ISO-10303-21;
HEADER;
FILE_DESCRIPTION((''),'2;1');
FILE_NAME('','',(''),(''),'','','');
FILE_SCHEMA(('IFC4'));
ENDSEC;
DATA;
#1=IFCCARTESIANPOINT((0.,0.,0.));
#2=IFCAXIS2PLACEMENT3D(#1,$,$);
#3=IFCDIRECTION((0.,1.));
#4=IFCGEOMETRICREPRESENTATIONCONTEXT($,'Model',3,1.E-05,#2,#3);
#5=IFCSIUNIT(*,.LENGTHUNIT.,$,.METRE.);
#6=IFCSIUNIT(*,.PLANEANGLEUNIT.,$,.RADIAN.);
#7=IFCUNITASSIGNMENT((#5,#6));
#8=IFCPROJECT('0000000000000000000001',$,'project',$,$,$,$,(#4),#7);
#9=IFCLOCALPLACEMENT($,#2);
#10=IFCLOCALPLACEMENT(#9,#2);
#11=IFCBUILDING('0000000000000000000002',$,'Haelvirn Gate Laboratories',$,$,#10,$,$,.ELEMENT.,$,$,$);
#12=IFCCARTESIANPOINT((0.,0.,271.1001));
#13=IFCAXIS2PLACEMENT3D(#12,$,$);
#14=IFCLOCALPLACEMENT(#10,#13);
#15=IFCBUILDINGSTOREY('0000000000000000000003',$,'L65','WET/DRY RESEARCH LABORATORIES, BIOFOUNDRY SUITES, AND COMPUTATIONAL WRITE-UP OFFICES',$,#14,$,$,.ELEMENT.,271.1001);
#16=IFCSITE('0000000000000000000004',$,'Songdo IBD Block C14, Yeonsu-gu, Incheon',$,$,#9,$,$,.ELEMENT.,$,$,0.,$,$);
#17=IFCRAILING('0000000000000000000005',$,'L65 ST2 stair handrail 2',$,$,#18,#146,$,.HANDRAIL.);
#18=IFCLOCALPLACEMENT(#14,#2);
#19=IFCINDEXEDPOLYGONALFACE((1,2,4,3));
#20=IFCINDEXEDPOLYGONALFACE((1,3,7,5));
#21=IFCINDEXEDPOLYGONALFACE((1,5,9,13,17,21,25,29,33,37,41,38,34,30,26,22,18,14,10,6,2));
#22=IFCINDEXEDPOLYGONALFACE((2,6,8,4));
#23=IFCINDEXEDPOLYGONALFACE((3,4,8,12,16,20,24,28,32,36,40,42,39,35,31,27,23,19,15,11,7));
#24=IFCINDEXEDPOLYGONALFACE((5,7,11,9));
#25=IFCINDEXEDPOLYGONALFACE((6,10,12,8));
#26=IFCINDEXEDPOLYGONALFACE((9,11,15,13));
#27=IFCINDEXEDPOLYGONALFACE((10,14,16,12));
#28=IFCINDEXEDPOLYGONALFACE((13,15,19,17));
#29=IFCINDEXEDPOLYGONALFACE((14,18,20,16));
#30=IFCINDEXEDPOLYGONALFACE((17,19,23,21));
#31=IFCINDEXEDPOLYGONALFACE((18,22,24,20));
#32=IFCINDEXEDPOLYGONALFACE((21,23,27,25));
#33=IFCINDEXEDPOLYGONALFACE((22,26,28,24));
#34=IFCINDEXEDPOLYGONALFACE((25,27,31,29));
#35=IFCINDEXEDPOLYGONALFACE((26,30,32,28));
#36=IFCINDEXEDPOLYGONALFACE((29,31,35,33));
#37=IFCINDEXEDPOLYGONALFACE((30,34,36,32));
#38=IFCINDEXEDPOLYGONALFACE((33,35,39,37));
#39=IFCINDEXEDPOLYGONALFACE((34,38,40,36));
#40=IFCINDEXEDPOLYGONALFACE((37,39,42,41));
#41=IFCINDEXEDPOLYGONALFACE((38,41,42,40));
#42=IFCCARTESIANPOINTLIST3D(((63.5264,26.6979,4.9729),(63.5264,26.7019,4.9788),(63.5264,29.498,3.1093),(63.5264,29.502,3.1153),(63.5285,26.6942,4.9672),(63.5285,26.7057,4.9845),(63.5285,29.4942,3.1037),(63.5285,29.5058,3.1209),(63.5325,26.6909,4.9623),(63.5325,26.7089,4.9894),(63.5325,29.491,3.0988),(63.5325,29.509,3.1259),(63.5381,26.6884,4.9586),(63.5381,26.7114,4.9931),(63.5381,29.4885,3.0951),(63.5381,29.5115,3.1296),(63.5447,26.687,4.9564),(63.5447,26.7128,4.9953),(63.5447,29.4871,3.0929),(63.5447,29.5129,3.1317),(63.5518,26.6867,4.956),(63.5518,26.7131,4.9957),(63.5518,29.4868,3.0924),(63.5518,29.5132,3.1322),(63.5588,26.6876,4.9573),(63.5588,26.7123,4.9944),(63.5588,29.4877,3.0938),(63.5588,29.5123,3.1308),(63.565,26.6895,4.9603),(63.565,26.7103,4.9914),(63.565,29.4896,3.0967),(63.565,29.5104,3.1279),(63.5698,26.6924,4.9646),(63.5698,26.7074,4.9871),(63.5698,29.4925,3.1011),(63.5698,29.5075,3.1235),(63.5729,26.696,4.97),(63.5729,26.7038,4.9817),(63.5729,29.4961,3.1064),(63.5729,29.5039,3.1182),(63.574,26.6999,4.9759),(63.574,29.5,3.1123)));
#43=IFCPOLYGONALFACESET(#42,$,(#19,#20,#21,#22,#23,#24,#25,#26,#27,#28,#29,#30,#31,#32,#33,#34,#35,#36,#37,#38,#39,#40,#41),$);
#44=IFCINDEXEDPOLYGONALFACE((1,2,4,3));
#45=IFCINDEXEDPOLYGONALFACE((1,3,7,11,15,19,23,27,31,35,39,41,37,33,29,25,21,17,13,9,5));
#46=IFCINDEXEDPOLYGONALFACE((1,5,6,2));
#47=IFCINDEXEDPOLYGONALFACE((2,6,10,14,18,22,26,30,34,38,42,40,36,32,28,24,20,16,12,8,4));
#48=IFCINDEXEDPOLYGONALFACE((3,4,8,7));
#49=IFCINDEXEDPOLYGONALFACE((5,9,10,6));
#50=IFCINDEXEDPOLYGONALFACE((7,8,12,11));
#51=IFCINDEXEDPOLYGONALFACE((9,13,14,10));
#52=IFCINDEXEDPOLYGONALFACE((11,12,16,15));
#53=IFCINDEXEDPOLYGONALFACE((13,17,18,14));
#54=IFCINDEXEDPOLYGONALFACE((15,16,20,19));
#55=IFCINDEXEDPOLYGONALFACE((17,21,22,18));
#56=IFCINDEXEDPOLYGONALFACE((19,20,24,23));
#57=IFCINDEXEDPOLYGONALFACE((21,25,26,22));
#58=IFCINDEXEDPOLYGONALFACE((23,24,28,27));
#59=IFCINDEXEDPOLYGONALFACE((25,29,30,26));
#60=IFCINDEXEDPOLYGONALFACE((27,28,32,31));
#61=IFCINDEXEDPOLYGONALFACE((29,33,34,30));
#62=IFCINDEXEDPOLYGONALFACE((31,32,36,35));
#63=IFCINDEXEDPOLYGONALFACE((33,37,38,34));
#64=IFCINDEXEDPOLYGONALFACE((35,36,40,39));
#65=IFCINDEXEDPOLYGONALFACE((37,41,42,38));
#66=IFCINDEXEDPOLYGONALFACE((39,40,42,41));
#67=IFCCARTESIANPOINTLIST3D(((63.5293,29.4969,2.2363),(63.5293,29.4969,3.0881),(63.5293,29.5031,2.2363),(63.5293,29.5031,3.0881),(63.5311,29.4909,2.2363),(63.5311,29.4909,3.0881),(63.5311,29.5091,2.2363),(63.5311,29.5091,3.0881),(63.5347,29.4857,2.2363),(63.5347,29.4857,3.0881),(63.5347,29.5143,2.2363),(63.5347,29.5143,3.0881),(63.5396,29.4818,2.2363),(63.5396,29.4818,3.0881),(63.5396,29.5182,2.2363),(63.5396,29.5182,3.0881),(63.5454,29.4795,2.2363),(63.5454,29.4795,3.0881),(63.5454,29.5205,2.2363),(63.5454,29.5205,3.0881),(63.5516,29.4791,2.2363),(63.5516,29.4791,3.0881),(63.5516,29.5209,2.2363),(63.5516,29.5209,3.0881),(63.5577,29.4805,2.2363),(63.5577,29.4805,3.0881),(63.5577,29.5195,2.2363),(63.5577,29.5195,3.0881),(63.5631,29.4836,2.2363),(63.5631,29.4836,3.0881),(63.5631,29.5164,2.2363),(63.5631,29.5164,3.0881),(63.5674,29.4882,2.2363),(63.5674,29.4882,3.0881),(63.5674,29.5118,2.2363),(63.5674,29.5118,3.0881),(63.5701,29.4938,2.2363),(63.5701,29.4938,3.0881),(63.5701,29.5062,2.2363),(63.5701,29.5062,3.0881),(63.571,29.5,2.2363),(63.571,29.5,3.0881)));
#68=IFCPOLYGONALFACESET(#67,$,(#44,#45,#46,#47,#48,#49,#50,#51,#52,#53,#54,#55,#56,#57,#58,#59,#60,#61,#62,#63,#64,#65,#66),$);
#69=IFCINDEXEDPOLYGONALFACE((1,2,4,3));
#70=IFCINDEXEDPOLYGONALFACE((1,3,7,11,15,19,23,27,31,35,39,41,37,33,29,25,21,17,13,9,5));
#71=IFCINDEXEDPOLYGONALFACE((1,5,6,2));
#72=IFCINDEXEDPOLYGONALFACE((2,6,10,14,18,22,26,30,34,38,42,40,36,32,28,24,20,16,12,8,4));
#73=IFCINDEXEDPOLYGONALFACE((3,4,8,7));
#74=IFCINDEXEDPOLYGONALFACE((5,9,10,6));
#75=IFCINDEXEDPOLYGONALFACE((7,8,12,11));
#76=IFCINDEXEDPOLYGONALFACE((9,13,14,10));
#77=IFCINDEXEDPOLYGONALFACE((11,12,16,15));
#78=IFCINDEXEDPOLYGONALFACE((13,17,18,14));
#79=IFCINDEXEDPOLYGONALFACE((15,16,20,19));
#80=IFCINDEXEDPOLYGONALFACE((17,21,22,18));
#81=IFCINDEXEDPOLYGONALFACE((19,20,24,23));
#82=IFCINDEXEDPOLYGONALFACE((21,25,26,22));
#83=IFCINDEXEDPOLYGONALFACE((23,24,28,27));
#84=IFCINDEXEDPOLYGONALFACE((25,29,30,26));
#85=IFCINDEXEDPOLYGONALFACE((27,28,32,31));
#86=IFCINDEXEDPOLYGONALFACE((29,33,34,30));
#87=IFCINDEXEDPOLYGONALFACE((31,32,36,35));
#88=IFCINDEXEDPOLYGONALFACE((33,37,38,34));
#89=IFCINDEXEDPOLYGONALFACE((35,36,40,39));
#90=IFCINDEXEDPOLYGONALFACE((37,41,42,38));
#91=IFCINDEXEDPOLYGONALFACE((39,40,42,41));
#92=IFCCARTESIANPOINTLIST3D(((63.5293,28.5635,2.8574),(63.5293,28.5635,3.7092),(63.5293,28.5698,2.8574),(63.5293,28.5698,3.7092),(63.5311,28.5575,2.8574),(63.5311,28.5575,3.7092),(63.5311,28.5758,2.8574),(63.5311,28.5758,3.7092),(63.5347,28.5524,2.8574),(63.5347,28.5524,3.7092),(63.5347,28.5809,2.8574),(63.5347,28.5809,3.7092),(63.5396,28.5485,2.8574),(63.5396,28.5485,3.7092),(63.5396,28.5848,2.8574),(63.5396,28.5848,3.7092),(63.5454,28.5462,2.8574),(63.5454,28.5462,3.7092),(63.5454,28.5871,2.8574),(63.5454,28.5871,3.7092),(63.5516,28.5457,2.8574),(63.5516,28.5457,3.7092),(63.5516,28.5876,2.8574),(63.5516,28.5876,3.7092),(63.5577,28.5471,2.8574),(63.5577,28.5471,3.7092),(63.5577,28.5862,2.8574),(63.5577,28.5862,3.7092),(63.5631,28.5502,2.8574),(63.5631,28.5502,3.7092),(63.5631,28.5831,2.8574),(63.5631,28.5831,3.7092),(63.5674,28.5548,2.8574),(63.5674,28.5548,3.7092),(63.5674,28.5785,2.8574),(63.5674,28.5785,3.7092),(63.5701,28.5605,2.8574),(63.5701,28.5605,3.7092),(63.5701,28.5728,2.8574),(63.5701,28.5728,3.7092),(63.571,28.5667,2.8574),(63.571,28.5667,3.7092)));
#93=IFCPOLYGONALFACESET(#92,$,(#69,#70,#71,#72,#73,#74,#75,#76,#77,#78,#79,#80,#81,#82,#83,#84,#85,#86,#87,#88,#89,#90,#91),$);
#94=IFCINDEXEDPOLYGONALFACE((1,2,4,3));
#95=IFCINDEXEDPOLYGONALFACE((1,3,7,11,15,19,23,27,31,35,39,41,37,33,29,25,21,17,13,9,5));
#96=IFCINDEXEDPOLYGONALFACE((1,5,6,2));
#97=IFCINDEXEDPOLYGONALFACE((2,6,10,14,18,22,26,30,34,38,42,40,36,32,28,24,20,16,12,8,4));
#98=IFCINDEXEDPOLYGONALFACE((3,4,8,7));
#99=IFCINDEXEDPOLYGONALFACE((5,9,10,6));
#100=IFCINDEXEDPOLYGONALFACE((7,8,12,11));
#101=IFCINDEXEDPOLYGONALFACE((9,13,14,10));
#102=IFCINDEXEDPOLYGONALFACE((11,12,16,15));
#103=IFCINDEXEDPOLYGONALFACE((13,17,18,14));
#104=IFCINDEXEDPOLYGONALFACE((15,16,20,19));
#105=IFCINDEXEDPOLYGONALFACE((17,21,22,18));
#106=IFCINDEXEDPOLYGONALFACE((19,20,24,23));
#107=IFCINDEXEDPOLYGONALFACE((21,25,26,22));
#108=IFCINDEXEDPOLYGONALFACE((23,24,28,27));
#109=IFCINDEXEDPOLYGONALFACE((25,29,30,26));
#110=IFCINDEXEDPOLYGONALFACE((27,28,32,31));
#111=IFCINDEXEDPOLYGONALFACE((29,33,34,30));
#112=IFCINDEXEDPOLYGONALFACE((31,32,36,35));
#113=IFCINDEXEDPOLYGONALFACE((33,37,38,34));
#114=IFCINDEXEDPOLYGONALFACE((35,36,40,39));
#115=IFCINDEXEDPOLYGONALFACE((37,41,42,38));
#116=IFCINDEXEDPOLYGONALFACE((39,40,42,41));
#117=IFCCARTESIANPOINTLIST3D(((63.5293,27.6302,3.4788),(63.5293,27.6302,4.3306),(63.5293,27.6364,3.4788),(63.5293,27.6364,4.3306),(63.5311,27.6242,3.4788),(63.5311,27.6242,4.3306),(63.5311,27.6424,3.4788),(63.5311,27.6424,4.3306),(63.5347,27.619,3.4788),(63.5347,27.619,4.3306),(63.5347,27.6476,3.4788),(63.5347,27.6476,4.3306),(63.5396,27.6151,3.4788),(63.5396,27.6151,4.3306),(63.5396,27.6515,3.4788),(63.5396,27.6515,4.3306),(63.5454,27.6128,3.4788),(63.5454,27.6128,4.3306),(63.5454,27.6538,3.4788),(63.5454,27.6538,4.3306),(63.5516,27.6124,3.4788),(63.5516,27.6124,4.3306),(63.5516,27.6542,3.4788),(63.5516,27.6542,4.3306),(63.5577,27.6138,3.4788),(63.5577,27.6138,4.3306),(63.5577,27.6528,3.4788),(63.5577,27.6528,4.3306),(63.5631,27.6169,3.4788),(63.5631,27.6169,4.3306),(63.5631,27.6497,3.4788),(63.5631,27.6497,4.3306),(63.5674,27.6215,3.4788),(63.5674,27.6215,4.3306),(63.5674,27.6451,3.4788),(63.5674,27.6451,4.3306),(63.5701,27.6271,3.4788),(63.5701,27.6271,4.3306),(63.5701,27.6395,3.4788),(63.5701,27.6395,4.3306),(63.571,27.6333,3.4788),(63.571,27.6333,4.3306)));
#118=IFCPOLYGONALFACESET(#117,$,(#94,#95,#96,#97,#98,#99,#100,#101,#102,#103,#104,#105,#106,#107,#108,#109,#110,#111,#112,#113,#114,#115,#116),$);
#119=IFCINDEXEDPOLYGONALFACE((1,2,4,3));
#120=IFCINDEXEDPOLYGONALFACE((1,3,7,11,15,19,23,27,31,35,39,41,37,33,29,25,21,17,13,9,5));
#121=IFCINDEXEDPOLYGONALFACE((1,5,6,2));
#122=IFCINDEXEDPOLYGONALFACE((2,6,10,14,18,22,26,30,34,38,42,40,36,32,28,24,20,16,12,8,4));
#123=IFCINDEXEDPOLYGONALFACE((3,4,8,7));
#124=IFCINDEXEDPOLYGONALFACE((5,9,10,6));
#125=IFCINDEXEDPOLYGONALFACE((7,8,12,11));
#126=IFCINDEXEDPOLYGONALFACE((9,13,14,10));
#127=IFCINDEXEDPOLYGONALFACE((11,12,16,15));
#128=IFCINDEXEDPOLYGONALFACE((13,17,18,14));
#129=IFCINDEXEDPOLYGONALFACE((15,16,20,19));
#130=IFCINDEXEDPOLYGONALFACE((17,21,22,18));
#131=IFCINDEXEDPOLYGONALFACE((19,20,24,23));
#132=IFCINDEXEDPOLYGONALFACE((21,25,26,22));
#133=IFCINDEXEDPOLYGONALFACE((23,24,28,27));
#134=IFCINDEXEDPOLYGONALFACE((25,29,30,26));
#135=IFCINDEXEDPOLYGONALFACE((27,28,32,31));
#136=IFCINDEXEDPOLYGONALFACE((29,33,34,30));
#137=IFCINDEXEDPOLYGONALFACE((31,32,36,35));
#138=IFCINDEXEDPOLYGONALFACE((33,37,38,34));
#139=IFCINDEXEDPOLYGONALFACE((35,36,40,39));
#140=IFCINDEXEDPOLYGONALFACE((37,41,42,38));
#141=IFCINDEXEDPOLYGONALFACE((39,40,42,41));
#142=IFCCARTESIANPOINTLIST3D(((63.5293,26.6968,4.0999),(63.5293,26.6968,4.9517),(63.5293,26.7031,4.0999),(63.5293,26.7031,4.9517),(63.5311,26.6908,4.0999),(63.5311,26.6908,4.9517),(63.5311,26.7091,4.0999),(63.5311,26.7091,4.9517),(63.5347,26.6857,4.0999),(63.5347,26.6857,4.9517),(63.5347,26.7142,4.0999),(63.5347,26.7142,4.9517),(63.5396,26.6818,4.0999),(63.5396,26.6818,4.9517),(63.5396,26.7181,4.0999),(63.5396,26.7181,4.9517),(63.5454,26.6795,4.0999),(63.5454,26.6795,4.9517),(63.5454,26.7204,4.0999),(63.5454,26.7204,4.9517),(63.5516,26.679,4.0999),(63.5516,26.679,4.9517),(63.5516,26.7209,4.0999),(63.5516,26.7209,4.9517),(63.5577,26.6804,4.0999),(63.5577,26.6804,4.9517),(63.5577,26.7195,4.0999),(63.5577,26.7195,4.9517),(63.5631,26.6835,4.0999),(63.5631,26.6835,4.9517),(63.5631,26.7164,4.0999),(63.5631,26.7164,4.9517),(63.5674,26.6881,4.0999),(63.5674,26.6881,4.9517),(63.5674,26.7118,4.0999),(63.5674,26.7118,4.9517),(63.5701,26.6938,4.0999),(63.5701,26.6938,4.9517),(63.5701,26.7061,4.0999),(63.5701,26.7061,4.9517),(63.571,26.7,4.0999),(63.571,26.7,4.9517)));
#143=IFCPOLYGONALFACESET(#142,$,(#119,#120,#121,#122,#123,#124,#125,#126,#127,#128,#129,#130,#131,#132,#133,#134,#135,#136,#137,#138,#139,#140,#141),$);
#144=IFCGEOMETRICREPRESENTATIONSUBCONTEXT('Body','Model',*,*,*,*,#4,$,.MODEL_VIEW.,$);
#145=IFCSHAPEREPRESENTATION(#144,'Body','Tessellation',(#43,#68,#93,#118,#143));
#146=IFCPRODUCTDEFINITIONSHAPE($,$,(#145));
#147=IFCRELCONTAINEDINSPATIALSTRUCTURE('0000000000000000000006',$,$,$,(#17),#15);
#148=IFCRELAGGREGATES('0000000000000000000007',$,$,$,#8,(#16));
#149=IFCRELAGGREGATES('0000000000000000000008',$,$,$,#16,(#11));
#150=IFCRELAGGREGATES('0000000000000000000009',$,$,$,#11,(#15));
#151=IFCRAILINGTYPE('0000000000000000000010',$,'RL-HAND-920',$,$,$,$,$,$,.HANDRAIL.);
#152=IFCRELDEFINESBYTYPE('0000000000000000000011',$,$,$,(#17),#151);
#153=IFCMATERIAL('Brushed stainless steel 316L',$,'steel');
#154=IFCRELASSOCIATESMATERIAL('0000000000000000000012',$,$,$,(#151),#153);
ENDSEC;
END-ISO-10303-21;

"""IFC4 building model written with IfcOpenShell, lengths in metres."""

from ifc_helpers import new_model, si_unit, direction, frame, origin, origin_2d, place, context, subcontext, project, spatial, circle, extrude, source, transform, mapped, material, type_object, element, save


model = new_model("IFC4")

# Units and contexts
model_context = context("Model", 3, precision=1e-05, world=origin(), true_north=direction((0.0, 1.0)))
body_context = subcontext(model_context, "Body", "Model", "MODEL_VIEW")
ifc_project = project(units=[si_unit("LENGTHUNIT", "METRE"), si_unit("PLANEANGLEUNIT", "RADIAN")], contexts=[model_context])

# Site, building, storey
site_placement = place(None, origin())
site = spatial("IfcSite", under=ifc_project, at=site_placement, Name="Songdo IBD Block C14, Yeonsu-gu, Incheon", CompositionType="ELEMENT", RefElevation=0.0)
building_placement = place(site_placement, origin())
building = spatial("IfcBuilding", under=site, at=building_placement, Name="Haelvirn Gate Laboratories", CompositionType="ELEMENT")
storey_placement = place(building_placement, frame((0.0, 0.0, 271.1001)))
storey = spatial("IfcBuildingStorey", under=building, at=storey_placement, Name="L65", Description="WET/DRY RESEARCH LABORATORIES, BIOFOUNDRY SUITES, AND COMPUTATIONAL WRITE-UP OFFICES", CompositionType="ELEMENT", Elevation=271.1001)

# Railing
ifc_material_1 = material(Name="Brushed stainless steel 316L", Category="steel")
railing_type_1 = type_object("IfcRailingType", Name="RL-HAND-920", PredefinedType="HANDRAIL", material=ifc_material_1)
shared_shape_1 = source(origin(), body_context, "Body", "SweptSolid", [
    extrude(circle(Radius=0.0239, at=origin_2d()), frame((0.0, 0.0, 0.876), z_axis=(0.0, -0.832486, 0.554047), x_axis=(1.0, 0.0, 0.0)), (0.0, 0.0, 1.0), 3.3635),
    extrude(circle(Radius=0.021, at=origin_2d()), origin(), (0.0, 0.0, 1.0), 0.8518),
    extrude(circle(Radius=0.021, at=origin_2d()), frame((0.0, -0.9333, 0.6211)), (0.0, 0.0, 1.0), 0.8518),
    extrude(circle(Radius=0.021, at=origin_2d()), frame((0.0, -1.8667, 1.2424)), (0.0, 0.0, 1.0), 0.8518),
    extrude(circle(Radius=0.021, at=origin_2d()), frame((0.0, -2.8, 1.8635)), (0.0, 0.0, 1.0), 0.8518),
])
railing_1_placement = place(storey_placement, frame((63.55, 29.5, 2.2363)))
element("IfcRailing", 1, at=railing_1_placement, inside=storey, type_object=railing_type_1, Name="L65 ST2 stair handrail 2", PredefinedType="HANDRAIL", context=body_context, shape_type="MappedRepresentation", body=[
    mapped(shared_shape_1, transform((0.0, 0.0, 0.0), scale=1.0)),
])

save(model, "model.ifc")
